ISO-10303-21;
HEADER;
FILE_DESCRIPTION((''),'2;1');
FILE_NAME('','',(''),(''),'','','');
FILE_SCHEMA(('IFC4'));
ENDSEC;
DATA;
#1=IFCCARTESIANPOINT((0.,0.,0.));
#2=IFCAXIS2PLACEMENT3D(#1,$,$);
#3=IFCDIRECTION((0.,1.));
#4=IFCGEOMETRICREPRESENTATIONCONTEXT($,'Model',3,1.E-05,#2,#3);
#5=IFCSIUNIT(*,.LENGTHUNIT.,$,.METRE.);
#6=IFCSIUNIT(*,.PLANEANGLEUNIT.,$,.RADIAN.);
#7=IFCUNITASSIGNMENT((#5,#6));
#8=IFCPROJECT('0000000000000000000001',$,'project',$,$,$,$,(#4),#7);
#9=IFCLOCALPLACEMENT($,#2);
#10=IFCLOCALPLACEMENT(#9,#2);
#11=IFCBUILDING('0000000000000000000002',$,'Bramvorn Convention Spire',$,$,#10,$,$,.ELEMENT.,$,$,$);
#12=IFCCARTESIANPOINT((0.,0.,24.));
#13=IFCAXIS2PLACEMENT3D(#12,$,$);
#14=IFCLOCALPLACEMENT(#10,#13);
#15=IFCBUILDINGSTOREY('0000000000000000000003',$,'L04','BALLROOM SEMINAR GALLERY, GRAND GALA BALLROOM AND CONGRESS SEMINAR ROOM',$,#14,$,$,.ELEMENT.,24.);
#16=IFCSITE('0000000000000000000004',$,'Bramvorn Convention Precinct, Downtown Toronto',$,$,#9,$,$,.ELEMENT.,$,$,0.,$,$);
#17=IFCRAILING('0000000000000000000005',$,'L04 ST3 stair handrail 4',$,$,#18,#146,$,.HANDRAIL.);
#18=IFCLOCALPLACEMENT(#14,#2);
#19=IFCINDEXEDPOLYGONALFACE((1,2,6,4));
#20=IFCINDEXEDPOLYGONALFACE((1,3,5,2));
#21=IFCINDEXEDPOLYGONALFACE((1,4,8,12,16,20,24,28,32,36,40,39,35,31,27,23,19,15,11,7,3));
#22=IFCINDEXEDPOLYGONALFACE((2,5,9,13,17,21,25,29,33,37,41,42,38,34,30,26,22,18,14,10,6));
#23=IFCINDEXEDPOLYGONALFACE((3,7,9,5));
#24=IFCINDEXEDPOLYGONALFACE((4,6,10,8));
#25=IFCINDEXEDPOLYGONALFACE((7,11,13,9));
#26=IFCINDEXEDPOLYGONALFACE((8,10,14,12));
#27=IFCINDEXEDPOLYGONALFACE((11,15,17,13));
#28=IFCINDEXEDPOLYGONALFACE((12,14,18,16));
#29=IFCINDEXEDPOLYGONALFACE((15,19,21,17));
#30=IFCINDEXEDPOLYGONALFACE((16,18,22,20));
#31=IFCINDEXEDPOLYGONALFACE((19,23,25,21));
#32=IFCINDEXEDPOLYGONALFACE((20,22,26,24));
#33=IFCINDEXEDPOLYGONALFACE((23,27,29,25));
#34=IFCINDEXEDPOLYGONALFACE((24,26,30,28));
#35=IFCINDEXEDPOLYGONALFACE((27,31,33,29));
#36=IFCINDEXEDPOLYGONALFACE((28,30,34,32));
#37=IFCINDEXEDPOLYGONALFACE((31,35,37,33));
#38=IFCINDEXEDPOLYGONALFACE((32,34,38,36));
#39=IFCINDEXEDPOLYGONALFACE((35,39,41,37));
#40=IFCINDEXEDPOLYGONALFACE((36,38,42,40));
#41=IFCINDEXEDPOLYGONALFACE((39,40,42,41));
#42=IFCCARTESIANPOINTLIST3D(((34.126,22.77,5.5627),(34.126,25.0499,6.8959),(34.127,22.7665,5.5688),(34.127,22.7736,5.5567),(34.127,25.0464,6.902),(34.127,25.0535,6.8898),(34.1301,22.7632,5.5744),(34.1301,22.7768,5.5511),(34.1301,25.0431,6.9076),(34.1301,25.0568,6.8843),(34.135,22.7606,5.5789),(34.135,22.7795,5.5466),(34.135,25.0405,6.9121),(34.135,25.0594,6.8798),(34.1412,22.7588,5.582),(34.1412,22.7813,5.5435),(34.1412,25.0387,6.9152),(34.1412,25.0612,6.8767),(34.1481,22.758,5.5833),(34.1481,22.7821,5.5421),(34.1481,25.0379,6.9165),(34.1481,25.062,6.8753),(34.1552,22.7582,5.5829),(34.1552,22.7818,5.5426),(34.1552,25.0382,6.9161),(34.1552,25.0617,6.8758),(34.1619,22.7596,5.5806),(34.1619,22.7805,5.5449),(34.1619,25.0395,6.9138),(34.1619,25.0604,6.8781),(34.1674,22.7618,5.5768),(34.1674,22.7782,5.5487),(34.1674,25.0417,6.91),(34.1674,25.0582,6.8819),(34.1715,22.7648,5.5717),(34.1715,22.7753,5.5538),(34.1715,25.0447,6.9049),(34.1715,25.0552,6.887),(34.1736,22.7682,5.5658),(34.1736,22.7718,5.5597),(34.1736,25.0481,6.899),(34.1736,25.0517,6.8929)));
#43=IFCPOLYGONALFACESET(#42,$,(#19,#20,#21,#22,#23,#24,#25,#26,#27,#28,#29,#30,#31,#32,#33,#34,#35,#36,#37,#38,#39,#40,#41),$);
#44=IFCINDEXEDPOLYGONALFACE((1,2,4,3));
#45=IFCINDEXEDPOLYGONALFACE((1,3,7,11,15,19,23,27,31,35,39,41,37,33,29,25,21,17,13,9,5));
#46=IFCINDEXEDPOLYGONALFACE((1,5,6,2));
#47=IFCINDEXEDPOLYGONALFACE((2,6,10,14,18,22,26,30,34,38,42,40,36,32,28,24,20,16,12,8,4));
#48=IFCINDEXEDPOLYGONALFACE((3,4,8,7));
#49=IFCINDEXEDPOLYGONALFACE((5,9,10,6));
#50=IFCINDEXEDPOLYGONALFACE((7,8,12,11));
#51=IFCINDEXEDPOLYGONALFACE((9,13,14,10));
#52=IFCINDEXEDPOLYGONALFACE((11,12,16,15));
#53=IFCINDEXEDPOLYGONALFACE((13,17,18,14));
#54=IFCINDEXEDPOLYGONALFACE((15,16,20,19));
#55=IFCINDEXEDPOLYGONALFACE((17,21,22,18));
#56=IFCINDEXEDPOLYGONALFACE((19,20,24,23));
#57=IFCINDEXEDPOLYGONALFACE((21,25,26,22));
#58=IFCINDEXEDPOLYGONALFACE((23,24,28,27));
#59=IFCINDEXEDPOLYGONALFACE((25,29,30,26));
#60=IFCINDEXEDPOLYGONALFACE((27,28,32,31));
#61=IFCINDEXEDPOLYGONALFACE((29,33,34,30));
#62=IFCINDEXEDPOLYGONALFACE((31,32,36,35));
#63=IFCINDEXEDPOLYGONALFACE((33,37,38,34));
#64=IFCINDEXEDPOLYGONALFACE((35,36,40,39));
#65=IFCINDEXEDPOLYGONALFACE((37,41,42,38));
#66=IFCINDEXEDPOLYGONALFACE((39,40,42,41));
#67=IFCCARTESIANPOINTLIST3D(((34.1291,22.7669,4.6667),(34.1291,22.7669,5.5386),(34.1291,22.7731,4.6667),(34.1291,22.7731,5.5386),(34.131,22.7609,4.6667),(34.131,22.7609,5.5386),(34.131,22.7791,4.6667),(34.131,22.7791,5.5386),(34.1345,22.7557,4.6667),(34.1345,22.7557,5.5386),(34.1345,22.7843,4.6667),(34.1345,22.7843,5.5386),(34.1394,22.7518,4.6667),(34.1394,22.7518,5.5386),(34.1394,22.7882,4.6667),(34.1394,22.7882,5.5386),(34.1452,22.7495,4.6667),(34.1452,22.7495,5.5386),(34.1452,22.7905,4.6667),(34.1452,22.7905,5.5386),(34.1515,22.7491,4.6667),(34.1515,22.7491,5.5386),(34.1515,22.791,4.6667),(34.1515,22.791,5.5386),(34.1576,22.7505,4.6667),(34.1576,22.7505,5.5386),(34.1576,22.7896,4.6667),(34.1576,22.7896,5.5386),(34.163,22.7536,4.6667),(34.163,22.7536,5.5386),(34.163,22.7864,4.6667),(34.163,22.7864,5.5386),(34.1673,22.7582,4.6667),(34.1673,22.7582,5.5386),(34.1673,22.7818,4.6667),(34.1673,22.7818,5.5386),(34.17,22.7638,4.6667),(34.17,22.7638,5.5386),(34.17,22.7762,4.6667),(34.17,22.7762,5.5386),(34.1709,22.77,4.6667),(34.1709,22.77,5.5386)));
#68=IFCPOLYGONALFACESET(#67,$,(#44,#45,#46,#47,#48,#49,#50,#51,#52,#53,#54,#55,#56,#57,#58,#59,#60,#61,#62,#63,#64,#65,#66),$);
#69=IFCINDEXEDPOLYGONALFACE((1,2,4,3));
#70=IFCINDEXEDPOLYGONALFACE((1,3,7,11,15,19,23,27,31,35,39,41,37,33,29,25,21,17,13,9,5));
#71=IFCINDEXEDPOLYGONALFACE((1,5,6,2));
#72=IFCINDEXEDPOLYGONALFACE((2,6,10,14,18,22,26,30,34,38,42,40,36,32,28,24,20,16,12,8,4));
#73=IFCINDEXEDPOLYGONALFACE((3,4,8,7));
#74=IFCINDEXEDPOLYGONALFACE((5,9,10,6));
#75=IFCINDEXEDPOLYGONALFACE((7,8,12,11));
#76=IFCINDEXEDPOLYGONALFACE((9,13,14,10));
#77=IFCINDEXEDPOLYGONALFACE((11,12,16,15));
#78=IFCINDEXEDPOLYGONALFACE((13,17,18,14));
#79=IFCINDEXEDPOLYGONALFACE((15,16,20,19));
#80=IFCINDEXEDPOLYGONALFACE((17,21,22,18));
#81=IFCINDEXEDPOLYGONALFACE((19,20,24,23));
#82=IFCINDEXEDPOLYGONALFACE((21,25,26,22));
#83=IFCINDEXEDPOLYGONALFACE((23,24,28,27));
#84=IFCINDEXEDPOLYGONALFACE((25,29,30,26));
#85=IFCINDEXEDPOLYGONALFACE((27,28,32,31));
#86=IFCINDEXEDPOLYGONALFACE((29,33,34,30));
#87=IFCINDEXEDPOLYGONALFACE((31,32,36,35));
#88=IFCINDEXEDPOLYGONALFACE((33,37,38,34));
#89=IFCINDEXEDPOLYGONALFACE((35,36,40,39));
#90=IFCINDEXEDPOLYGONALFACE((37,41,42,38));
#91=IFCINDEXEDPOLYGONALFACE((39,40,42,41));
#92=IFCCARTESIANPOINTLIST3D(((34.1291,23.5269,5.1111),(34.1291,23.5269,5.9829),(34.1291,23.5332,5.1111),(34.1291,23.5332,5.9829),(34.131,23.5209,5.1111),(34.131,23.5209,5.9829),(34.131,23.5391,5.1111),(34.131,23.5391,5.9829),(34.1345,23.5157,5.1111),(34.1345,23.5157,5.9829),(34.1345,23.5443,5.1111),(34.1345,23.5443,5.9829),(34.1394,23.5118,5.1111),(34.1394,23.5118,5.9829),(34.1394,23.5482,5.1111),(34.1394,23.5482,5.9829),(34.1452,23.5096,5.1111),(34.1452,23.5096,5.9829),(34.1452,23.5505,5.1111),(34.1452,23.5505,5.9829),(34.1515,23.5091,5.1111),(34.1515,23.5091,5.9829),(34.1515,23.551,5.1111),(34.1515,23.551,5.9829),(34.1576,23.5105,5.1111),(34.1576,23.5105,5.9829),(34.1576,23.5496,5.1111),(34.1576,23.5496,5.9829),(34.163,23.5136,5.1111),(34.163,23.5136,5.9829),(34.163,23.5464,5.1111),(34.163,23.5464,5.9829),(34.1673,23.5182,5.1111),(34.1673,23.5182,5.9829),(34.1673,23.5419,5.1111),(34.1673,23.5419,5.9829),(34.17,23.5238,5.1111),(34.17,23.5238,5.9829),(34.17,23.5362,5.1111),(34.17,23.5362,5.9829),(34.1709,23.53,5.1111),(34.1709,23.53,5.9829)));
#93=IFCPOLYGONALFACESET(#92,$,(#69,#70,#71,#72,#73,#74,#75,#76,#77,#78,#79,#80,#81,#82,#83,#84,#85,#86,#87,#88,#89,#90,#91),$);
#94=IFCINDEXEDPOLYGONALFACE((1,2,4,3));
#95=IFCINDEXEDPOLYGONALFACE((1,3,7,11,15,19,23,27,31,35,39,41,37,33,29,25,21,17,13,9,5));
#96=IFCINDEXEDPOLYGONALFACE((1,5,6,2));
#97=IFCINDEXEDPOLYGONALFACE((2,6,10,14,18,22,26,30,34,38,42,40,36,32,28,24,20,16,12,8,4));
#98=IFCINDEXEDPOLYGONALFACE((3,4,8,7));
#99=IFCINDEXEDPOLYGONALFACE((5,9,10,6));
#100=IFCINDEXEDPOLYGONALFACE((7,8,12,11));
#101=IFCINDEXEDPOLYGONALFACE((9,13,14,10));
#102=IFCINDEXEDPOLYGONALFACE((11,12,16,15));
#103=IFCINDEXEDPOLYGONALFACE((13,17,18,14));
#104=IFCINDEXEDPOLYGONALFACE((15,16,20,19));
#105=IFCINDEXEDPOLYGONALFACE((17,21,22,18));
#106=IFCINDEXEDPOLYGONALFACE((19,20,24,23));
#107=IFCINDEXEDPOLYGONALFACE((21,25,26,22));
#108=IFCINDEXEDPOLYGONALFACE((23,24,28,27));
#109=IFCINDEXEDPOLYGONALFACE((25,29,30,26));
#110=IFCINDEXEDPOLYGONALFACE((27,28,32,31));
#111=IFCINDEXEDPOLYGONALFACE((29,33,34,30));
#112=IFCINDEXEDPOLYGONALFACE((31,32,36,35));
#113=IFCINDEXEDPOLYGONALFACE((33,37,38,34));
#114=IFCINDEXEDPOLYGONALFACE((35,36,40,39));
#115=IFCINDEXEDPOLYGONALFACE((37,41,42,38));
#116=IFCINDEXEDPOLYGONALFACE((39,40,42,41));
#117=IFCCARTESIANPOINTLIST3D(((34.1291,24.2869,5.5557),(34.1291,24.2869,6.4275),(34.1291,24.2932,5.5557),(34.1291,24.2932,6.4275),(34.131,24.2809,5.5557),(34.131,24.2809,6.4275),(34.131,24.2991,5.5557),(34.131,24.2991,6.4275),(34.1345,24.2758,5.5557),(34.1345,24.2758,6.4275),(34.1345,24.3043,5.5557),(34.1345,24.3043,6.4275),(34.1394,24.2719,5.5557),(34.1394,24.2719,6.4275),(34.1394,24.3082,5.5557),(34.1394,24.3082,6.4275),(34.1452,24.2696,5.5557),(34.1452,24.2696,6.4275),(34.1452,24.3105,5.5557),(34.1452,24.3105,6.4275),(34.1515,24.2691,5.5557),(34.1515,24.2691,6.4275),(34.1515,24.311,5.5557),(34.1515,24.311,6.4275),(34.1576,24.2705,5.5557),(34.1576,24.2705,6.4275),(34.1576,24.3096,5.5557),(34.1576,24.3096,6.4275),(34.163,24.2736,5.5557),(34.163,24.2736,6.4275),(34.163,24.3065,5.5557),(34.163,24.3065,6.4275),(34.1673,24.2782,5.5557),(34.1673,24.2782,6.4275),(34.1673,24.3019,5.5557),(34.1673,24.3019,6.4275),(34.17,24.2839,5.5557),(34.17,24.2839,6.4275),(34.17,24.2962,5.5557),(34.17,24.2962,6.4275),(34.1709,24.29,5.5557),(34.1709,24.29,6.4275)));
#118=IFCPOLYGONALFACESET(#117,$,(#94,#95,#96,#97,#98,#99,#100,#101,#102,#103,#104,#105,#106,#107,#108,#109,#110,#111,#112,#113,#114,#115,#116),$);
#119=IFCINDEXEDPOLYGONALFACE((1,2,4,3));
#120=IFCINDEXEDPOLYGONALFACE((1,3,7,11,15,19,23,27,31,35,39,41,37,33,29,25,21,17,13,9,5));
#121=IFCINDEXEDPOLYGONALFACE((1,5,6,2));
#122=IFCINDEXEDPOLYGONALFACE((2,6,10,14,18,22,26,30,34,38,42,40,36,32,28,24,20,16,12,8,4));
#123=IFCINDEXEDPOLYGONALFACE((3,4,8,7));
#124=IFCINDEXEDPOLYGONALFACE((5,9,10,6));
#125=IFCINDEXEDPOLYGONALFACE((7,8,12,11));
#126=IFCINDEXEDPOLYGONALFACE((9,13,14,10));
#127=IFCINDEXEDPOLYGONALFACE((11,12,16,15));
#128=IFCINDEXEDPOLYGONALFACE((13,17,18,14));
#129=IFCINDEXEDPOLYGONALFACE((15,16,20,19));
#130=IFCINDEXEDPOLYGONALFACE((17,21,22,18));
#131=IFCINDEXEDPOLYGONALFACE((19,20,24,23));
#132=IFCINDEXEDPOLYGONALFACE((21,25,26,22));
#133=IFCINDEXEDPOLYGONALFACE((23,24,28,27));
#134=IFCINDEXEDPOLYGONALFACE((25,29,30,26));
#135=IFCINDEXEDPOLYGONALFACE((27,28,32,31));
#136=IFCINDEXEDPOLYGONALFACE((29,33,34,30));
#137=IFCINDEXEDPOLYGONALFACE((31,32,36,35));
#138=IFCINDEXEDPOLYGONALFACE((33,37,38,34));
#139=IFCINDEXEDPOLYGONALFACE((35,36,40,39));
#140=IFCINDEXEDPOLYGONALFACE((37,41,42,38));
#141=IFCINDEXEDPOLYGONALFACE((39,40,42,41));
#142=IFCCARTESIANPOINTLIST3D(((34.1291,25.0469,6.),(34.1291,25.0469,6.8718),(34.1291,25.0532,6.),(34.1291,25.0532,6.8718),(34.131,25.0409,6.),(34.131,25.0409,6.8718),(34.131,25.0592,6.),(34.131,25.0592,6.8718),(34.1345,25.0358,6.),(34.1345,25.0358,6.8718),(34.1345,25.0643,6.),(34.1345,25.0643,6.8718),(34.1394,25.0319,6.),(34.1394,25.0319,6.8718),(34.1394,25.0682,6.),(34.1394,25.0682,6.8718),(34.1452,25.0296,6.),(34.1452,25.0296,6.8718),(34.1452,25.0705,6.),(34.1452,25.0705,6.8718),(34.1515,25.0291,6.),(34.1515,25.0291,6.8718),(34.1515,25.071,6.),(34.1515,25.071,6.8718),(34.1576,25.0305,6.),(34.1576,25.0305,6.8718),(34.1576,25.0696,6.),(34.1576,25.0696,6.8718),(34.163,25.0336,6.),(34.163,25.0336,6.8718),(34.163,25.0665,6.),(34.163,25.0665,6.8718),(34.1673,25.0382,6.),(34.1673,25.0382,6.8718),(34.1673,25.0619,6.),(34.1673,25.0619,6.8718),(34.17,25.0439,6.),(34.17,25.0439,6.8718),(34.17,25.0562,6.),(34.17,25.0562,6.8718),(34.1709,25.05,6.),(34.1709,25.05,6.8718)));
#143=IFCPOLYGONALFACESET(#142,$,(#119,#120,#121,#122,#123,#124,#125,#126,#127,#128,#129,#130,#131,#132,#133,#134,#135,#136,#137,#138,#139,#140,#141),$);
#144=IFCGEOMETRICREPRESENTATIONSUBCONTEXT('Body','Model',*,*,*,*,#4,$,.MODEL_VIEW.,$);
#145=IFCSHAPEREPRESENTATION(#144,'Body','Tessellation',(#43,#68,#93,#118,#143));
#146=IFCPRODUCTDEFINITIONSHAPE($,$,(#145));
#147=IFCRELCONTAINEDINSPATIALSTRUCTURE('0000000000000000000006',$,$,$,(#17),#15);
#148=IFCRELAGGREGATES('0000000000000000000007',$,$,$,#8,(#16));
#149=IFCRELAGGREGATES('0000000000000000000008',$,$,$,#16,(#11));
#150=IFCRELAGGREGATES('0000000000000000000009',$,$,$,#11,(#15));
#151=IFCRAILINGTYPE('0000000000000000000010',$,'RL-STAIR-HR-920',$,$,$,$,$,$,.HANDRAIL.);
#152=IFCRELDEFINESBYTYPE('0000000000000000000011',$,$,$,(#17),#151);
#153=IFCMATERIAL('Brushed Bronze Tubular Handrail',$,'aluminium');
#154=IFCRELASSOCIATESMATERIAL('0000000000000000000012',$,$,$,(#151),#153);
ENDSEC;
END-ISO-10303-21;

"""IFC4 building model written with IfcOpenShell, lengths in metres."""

from ifc_helpers import new_model, si_unit, direction, frame, origin, origin_2d, place, context, subcontext, project, spatial, circle, extrude, material, type_object, element, save


model = new_model("IFC4")

# Units and contexts
model_context = context("Model", 3, precision=1e-05, world=origin(), true_north=direction((0.0, 1.0)))
body_context = subcontext(model_context, "Body", "Model", "MODEL_VIEW")
ifc_project = project(units=[si_unit("LENGTHUNIT", "METRE"), si_unit("PLANEANGLEUNIT", "RADIAN")], contexts=[model_context])

# Site, building, storey
site_placement = place(None, origin())
site = spatial("IfcSite", under=ifc_project, at=site_placement, Name="Bramvorn Convention Precinct, Downtown Toronto", CompositionType="ELEMENT", RefElevation=0.0)
building_placement = place(site_placement, origin())
building = spatial("IfcBuilding", under=site, at=building_placement, Name="Bramvorn Convention Spire", CompositionType="ELEMENT")
storey_placement = place(building_placement, frame((0.0, 0.0, 24.0)))
storey = spatial("IfcBuildingStorey", under=building, at=storey_placement, Name="L04", Description="BALLROOM SEMINAR GALLERY, GRAND GALA BALLROOM AND CONGRESS SEMINAR ROOM", CompositionType="ELEMENT", Elevation=24.0)

# Railing
ifc_material_1 = material(Name="Brushed Bronze Tubular Handrail", Category="aluminium")
railing_type_1 = type_object("IfcRailingType", Name="RL-STAIR-HR-920", PredefinedType="HANDRAIL", material=ifc_material_1)
for number, where, name in (
    (1, (34.1499, 22.77, 4.6667), "L04 ST3 stair handrail 4"),
):
    element("IfcRailing", number, at=place(storey_placement, frame(where)), inside=storey, type_object=railing_type_1, Name=name, PredefinedType="HANDRAIL", context=body_context, shape_type="SweptSolid", body=[
        extrude(circle(Radius=0.0239, at=origin_2d()), frame((0.0, 0.0, 0.896), z_axis=(0.0, 0.863245, 0.504785), x_axis=(-1.0, 0.0, 0.0)), (0.0, 0.0, 1.0), 2.6411),
        extrude(circle(Radius=0.021, at=origin_2d()), origin(), (0.0, 0.0, 1.0), 0.8718),
        extrude(circle(Radius=0.021, at=origin_2d()), frame((0.0, 0.76, 0.4443)), (0.0, 0.0, 1.0), 0.8718),
        extrude(circle(Radius=0.021, at=origin_2d()), frame((0.0, 1.52, 0.8889)), (0.0, 0.0, 1.0), 0.8718),
        extrude(circle(Radius=0.021, at=origin_2d()), frame((0.0, 2.28, 1.3333)), (0.0, 0.0, 1.0), 0.8718),
    ])

save(model, "model.ifc")
